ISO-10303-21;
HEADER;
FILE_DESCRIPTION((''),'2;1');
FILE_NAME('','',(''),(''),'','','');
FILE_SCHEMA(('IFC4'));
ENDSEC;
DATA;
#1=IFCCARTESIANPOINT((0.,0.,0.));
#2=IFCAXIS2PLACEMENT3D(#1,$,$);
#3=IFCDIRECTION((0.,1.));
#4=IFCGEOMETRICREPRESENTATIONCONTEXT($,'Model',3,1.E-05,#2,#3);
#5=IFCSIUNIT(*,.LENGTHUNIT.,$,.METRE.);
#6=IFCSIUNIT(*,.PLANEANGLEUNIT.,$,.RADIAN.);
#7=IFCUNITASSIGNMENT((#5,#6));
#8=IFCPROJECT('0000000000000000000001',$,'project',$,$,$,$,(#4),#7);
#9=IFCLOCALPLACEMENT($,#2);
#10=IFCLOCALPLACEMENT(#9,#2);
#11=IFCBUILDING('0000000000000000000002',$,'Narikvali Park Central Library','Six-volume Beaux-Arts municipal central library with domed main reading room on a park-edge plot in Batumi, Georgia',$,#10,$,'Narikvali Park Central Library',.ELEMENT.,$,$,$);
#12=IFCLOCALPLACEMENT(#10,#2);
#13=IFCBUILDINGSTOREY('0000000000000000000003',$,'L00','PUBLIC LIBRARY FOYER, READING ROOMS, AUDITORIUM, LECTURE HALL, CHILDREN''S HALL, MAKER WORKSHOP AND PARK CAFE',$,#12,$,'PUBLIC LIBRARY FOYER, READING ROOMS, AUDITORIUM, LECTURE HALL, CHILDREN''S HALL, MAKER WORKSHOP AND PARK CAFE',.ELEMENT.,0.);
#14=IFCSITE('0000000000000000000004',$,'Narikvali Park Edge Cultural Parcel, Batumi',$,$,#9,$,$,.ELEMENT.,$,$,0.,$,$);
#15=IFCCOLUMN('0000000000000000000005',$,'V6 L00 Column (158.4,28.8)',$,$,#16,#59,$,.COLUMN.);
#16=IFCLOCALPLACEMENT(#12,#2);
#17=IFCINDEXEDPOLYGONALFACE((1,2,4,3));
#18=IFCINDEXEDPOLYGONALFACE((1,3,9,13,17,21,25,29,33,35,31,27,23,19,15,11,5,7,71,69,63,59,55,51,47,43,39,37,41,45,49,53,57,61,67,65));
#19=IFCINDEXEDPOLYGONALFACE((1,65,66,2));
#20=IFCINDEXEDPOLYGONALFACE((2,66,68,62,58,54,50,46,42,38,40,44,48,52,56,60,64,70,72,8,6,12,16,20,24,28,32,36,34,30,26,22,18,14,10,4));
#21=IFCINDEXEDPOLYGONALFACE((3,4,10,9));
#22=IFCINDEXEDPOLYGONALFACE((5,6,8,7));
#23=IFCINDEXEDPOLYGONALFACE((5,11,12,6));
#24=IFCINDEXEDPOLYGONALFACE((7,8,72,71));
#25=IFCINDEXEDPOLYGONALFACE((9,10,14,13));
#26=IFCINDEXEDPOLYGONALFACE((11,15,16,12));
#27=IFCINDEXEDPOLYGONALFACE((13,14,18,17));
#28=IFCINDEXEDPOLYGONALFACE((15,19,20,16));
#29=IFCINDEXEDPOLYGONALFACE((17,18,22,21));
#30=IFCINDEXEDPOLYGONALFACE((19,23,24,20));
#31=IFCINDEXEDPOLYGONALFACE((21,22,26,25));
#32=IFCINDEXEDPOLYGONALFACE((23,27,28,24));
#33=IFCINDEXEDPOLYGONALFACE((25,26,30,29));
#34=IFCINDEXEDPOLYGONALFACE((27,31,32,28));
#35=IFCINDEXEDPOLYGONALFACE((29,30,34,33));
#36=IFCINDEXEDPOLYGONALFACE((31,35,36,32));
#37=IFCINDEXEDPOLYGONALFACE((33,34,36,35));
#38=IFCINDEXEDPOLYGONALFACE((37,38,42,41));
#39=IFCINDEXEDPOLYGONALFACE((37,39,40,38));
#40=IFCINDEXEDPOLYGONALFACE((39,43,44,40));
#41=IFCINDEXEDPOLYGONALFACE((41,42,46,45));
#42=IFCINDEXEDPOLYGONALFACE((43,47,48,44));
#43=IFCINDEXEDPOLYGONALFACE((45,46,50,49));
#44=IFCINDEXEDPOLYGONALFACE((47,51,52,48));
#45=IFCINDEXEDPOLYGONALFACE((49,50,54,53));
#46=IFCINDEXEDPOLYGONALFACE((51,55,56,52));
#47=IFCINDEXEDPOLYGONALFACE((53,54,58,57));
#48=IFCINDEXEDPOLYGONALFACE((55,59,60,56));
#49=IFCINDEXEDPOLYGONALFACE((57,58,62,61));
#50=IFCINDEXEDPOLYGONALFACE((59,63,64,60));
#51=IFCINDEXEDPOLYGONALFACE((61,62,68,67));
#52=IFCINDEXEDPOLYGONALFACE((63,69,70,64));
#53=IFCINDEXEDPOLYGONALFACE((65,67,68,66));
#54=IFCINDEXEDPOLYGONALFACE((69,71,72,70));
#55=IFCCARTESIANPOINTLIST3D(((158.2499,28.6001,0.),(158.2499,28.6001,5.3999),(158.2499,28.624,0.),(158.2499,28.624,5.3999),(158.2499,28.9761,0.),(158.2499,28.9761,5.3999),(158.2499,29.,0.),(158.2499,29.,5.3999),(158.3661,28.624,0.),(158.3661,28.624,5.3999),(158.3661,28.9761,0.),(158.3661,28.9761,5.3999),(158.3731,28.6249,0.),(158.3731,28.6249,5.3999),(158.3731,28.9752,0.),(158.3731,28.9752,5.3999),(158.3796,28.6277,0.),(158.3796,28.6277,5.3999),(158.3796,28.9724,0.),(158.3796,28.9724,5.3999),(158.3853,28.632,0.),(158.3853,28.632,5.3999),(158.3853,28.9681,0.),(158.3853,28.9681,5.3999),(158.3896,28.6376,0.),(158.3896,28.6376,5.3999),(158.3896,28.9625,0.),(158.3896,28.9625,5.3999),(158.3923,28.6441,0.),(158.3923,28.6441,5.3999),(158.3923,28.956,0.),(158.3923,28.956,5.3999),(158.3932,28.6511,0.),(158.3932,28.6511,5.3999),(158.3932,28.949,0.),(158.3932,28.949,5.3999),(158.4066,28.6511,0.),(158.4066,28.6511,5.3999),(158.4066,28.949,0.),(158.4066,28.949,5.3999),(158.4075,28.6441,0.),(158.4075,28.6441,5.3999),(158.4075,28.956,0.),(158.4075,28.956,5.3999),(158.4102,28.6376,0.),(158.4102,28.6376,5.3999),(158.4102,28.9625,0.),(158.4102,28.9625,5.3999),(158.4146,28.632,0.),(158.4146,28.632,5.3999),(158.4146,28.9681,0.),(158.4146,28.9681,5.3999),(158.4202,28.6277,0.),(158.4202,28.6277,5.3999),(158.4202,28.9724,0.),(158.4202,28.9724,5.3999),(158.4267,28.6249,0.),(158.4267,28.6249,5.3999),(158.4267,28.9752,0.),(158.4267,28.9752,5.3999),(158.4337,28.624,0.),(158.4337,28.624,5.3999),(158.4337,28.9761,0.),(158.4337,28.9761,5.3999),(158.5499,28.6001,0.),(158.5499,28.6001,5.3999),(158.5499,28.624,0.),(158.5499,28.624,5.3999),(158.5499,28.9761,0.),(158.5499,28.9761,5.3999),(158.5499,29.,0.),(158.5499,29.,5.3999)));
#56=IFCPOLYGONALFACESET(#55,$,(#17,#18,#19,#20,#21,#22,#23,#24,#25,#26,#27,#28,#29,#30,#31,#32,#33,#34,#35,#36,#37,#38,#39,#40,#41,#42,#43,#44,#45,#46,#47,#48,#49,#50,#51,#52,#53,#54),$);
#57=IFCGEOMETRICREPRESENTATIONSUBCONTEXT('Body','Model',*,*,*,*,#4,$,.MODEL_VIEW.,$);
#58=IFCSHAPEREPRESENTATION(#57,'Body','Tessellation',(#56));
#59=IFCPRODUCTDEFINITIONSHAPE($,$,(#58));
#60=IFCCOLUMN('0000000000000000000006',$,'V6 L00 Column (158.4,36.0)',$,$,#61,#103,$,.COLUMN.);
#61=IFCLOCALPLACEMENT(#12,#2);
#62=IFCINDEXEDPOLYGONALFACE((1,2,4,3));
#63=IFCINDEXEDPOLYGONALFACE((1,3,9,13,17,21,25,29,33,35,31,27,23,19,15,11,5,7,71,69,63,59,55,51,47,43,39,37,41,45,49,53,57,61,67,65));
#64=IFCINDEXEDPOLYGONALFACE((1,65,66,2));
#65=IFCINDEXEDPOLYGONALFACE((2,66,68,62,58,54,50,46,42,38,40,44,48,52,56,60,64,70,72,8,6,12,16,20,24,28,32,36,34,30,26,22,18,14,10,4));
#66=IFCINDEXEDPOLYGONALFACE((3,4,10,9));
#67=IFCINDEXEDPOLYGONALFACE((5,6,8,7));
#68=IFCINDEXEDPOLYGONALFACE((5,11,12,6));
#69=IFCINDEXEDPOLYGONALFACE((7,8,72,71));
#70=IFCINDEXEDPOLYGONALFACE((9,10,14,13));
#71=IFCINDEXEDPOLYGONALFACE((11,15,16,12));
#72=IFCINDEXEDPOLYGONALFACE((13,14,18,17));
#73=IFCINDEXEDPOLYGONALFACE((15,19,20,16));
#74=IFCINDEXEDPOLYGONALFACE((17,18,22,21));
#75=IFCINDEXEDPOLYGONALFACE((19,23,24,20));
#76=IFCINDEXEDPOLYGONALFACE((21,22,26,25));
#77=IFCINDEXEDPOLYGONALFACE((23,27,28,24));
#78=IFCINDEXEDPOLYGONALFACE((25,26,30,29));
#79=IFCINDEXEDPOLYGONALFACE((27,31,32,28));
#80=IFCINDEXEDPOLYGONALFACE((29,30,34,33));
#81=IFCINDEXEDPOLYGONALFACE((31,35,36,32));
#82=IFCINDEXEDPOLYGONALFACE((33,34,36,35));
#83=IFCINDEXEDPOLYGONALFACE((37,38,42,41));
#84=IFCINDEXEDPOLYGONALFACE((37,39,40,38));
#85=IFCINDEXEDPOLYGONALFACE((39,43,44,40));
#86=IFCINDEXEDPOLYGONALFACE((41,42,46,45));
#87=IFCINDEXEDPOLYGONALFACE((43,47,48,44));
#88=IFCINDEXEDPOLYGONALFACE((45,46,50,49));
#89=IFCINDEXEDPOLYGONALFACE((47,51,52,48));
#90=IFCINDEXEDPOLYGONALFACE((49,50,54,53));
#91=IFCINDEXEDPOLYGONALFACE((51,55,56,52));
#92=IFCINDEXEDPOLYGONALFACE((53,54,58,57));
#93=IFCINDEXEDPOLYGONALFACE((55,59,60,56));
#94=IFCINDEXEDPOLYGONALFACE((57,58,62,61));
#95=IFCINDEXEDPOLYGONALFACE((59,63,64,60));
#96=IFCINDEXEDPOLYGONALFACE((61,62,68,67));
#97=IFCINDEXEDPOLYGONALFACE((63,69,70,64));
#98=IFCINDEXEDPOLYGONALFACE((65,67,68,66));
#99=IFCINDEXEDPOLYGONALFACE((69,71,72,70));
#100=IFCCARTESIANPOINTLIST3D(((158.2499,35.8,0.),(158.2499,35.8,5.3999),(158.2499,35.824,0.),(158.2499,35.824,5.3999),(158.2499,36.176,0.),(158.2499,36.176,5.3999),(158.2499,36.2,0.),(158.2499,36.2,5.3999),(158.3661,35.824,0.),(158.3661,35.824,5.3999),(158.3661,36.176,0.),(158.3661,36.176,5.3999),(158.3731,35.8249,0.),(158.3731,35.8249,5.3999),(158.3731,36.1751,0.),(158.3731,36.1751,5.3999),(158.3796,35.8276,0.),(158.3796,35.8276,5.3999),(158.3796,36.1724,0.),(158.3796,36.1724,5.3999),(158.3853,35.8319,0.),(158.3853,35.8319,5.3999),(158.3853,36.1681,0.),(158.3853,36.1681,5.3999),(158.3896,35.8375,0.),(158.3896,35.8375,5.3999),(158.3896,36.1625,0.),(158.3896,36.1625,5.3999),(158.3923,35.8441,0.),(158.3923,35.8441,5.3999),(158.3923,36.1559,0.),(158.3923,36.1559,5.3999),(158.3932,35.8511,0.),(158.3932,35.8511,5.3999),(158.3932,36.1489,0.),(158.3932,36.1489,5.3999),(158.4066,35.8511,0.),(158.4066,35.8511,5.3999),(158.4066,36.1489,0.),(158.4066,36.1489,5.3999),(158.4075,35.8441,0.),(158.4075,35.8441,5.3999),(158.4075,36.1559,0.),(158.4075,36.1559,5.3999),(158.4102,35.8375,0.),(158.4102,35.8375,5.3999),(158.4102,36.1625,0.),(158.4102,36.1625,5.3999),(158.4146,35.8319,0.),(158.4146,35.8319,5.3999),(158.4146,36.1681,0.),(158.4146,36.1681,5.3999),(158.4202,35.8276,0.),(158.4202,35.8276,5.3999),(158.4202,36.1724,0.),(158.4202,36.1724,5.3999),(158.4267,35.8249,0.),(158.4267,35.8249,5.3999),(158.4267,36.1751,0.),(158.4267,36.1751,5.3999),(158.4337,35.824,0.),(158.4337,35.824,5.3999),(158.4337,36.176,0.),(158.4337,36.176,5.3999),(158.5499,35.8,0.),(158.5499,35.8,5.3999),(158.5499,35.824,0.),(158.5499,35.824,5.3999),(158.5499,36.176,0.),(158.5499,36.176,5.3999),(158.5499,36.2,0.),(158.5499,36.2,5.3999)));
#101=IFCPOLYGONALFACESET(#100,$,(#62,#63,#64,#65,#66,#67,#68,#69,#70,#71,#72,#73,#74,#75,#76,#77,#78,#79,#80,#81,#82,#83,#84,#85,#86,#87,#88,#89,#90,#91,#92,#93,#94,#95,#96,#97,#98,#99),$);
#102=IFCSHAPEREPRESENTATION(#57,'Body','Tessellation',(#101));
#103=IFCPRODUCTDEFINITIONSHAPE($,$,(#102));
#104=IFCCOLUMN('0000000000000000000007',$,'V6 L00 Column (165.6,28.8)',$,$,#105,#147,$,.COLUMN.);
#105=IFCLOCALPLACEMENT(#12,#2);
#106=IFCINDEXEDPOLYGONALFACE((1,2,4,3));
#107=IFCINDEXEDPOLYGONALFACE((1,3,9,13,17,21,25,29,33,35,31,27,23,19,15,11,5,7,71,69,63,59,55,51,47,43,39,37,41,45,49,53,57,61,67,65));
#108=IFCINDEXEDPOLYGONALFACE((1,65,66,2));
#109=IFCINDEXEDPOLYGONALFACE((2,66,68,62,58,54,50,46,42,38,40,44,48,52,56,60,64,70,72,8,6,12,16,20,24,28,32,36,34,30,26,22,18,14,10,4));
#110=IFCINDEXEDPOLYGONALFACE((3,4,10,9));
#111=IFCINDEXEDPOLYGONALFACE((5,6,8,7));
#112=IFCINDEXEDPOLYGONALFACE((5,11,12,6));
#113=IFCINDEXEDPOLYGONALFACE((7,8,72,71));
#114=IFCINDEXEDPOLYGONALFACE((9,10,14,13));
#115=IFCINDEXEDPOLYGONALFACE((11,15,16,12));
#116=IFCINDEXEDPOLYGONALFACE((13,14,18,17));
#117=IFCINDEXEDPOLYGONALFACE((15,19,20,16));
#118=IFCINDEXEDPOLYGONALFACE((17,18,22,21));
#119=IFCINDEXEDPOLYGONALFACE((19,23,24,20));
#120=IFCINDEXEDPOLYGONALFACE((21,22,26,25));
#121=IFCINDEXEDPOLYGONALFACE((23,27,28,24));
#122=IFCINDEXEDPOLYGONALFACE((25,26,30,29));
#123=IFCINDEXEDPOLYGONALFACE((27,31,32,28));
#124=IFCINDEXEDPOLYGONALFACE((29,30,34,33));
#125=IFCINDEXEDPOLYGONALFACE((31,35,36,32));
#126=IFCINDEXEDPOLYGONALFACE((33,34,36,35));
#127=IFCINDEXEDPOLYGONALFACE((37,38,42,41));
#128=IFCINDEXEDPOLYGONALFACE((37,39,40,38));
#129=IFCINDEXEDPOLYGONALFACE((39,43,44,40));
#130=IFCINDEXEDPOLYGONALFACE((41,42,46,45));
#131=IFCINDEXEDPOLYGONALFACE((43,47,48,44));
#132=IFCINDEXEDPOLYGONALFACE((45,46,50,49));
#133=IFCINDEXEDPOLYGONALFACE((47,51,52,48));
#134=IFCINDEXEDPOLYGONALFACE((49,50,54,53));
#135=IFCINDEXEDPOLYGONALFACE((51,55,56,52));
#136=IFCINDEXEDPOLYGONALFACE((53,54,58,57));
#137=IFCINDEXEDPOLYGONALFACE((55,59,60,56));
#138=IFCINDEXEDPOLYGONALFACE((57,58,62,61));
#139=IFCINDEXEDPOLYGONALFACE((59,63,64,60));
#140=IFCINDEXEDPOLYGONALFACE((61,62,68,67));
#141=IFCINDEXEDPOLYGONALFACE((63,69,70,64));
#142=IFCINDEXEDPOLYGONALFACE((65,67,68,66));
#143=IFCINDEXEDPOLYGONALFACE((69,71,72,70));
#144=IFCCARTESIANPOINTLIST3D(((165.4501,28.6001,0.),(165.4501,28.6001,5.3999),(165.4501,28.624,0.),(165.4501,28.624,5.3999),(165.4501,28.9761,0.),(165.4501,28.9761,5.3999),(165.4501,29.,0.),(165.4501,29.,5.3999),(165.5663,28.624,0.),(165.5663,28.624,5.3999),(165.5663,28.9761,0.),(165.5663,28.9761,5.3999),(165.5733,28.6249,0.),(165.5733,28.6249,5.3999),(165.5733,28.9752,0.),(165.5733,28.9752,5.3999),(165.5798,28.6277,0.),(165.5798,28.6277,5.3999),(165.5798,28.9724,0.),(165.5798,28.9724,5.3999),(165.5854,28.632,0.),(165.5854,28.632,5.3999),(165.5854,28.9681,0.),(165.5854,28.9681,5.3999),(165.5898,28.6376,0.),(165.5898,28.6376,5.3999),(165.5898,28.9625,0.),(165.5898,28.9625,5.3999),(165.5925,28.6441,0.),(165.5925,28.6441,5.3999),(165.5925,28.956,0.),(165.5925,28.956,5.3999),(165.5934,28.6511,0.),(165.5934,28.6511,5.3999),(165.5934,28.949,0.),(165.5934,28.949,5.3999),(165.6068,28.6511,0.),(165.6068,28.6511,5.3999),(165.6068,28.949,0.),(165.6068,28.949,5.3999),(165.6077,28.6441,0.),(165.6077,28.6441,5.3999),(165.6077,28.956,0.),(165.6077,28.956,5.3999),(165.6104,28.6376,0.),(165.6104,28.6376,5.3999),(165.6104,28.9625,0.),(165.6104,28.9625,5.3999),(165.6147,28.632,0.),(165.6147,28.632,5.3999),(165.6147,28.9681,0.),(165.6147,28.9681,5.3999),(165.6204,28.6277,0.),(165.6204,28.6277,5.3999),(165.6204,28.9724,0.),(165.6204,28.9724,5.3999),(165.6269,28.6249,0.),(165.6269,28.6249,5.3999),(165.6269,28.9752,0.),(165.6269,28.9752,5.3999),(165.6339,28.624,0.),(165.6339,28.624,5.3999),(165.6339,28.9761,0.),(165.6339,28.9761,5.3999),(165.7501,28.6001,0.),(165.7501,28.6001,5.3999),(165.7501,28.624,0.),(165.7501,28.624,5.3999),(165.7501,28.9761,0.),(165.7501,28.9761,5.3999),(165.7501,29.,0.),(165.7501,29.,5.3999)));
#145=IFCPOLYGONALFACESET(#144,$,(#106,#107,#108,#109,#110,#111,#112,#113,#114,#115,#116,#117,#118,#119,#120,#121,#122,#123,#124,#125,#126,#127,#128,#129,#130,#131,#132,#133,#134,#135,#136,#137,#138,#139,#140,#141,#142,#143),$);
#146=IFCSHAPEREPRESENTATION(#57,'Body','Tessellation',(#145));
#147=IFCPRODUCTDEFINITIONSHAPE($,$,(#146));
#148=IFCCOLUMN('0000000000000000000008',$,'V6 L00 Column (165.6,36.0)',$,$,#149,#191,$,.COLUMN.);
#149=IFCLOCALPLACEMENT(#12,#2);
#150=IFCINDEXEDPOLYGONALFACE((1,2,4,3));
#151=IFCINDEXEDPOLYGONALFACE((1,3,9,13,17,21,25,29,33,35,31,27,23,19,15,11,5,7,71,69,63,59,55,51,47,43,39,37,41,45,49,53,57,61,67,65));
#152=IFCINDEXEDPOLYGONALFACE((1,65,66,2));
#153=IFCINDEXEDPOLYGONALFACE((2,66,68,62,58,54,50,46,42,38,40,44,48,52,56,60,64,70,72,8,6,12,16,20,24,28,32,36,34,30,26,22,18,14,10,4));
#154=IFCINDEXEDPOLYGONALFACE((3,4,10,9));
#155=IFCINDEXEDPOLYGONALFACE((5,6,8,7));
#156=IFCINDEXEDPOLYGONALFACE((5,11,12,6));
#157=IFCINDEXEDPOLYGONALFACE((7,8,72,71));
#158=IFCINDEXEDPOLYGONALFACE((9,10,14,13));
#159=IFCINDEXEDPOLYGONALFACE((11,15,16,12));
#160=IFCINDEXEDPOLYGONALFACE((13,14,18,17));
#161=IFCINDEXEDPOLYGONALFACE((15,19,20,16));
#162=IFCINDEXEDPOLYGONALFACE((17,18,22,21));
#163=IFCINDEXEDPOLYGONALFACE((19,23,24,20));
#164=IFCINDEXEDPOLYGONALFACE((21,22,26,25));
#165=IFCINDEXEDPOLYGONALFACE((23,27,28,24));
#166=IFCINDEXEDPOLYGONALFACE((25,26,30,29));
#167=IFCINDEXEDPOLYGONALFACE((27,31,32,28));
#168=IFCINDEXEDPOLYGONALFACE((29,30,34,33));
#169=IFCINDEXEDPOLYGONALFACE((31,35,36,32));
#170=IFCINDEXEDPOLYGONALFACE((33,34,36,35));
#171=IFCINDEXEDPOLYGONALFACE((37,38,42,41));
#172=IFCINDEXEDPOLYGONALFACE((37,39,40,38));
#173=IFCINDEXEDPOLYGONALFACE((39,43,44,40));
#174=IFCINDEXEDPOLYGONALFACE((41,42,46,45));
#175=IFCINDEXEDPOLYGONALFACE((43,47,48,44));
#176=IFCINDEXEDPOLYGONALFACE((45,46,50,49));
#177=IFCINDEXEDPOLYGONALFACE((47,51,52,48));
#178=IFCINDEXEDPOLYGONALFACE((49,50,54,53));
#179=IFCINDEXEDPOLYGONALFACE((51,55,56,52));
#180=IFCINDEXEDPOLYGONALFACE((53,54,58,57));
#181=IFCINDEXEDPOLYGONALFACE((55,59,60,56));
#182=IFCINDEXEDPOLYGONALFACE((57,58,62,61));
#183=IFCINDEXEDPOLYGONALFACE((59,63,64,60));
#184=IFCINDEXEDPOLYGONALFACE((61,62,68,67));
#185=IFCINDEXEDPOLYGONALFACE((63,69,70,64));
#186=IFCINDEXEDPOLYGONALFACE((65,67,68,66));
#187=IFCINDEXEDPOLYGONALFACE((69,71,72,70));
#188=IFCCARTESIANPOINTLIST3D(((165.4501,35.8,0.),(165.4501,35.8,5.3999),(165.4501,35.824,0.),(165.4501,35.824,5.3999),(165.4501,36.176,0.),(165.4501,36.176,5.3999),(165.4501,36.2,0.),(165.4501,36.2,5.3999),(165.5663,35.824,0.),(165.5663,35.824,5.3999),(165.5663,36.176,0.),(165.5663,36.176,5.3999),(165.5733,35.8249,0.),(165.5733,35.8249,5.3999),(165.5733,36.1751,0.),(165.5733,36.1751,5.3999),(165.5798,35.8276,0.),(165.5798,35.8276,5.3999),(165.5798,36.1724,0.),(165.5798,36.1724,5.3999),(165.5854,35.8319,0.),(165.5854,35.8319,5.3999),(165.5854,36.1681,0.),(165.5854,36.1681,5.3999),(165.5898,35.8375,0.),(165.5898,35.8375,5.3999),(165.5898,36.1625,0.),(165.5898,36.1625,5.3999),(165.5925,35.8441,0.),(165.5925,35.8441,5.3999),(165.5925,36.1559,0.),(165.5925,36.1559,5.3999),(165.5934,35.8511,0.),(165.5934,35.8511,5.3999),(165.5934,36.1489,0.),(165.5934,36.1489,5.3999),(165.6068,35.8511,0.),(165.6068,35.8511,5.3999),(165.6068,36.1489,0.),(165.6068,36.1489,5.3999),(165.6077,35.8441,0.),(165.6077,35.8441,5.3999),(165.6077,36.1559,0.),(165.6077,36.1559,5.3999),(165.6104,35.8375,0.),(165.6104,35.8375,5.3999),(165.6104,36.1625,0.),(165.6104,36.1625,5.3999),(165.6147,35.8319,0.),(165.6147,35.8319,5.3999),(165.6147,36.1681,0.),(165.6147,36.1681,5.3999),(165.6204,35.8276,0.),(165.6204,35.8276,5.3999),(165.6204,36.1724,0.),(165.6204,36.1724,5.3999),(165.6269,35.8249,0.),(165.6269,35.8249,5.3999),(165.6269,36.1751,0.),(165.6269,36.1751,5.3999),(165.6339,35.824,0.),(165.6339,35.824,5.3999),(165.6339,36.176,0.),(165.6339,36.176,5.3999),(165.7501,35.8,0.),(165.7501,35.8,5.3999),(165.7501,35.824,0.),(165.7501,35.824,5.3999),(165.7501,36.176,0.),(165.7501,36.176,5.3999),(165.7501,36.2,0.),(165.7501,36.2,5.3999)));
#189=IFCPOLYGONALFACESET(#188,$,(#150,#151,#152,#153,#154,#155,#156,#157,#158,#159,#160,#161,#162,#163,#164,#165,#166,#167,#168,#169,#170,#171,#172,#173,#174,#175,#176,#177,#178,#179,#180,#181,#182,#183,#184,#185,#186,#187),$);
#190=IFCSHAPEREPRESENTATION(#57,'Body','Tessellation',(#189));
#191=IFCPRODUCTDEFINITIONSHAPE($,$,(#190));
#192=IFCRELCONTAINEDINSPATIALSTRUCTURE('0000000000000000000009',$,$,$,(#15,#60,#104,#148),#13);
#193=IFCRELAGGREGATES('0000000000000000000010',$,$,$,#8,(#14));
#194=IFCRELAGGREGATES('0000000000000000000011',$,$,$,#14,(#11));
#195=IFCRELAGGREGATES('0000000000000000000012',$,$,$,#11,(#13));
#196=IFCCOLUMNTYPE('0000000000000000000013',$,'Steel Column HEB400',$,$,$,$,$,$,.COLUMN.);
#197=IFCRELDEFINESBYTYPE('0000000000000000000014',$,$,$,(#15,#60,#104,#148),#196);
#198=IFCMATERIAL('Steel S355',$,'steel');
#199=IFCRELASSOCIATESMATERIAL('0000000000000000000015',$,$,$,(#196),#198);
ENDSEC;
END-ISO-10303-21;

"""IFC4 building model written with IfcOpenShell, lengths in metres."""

from ifc_helpers import new_model, si_unit, direction, frame, origin, origin_2d, place, context, subcontext, project, spatial, i_section, extrude, material, material_profile, profile_set, type_object, element, save


model = new_model("IFC4")

# Units and contexts
model_context = context("Model", 3, precision=1e-05, world=origin(), true_north=direction((0.0, 1.0)))
body_context = subcontext(model_context, "Body", "Model", "MODEL_VIEW")
ifc_project = project(units=[si_unit("LENGTHUNIT", "METRE"), si_unit("PLANEANGLEUNIT", "RADIAN")], contexts=[model_context])

# Site, building, storey
site_placement = place(None, origin())
site = spatial("IfcSite", under=ifc_project, at=site_placement, Name="Narikvali Park Edge Cultural Parcel, Batumi", CompositionType="ELEMENT", RefElevation=0.0)
building_placement = place(site_placement, origin())
building = spatial("IfcBuilding", under=site, at=building_placement, Name="Narikvali Park Central Library", Description="Six-volume Beaux-Arts municipal central library with domed main reading room on a park-edge plot in Batumi, Georgia", LongName="Narikvali Park Central Library", CompositionType="ELEMENT")
storey_placement = place(building_placement, origin())
storey = spatial("IfcBuildingStorey", under=building, at=storey_placement, Name="L00", Description="PUBLIC LIBRARY FOYER, READING ROOMS, AUDITORIUM, LECTURE HALL, CHILDREN'S HALL, MAKER WORKSHOP AND PARK CAFE", LongName="PUBLIC LIBRARY FOYER, READING ROOMS, AUDITORIUM, LECTURE HALL, CHILDREN'S HALL, MAKER WORKSHOP AND PARK CAFE", CompositionType="ELEMENT", Elevation=0.0)

# Columns
ifc_material_1 = material(Name="Steel S355", Category="steel")
ifc_material_profile_1 = material_profile(ifc_material_1, i_section(OverallWidth=0.3, OverallDepth=0.3999, WebThickness=0.0134, FlangeThickness=0.0239, FilletRadius=0.0271, at=origin_2d()), Name="HEB 400")
ifc_profile_set_1 = profile_set([ifc_material_profile_1], Name="Steel S355")
column_type = type_object("IfcColumnType", Name="Steel Column HEB400", PredefinedType="COLUMN", material=ifc_profile_set_1)
for number, where, z_axis, x_axis, name in (
    (1, (158.3999, 28.8, 0.0), (0.0, 0.0, 1.0), (1.0, 0.0, 0.0), "V6 L00 Column (158.4,28.8)"),
    (2, (158.3999, 36.0, 0.0), (0.0, 0.0, 1.0), (1.0, 0.0, 0.0), "V6 L00 Column (158.4,36.0)"),
    (3, (165.6001, 28.8, 0.0), (0.0, 0.0, 1.0), (1.0, 0.0, 0.0), "V6 L00 Column (165.6,28.8)"),
    (4, (165.6001, 36.0, 0.0), (0.0, 0.0, 1.0), (1.0, 0.0, 0.0), "V6 L00 Column (165.6,36.0)"),
):
    element("IfcColumn", number, at=place(storey_placement, frame(where, z_axis=z_axis, x_axis=x_axis)), inside=storey, type_object=column_type, Name=name, PredefinedType="COLUMN", context=body_context, shape_type="SweptSolid", body=[
        extrude(i_section(OverallWidth=0.3, OverallDepth=0.3999, WebThickness=0.0134, FlangeThickness=0.0239, FilletRadius=0.0271, at=origin_2d()), origin(), (0.0, 0.0, 1.0), 5.3999),
    ])

save(model, "model.ifc")
